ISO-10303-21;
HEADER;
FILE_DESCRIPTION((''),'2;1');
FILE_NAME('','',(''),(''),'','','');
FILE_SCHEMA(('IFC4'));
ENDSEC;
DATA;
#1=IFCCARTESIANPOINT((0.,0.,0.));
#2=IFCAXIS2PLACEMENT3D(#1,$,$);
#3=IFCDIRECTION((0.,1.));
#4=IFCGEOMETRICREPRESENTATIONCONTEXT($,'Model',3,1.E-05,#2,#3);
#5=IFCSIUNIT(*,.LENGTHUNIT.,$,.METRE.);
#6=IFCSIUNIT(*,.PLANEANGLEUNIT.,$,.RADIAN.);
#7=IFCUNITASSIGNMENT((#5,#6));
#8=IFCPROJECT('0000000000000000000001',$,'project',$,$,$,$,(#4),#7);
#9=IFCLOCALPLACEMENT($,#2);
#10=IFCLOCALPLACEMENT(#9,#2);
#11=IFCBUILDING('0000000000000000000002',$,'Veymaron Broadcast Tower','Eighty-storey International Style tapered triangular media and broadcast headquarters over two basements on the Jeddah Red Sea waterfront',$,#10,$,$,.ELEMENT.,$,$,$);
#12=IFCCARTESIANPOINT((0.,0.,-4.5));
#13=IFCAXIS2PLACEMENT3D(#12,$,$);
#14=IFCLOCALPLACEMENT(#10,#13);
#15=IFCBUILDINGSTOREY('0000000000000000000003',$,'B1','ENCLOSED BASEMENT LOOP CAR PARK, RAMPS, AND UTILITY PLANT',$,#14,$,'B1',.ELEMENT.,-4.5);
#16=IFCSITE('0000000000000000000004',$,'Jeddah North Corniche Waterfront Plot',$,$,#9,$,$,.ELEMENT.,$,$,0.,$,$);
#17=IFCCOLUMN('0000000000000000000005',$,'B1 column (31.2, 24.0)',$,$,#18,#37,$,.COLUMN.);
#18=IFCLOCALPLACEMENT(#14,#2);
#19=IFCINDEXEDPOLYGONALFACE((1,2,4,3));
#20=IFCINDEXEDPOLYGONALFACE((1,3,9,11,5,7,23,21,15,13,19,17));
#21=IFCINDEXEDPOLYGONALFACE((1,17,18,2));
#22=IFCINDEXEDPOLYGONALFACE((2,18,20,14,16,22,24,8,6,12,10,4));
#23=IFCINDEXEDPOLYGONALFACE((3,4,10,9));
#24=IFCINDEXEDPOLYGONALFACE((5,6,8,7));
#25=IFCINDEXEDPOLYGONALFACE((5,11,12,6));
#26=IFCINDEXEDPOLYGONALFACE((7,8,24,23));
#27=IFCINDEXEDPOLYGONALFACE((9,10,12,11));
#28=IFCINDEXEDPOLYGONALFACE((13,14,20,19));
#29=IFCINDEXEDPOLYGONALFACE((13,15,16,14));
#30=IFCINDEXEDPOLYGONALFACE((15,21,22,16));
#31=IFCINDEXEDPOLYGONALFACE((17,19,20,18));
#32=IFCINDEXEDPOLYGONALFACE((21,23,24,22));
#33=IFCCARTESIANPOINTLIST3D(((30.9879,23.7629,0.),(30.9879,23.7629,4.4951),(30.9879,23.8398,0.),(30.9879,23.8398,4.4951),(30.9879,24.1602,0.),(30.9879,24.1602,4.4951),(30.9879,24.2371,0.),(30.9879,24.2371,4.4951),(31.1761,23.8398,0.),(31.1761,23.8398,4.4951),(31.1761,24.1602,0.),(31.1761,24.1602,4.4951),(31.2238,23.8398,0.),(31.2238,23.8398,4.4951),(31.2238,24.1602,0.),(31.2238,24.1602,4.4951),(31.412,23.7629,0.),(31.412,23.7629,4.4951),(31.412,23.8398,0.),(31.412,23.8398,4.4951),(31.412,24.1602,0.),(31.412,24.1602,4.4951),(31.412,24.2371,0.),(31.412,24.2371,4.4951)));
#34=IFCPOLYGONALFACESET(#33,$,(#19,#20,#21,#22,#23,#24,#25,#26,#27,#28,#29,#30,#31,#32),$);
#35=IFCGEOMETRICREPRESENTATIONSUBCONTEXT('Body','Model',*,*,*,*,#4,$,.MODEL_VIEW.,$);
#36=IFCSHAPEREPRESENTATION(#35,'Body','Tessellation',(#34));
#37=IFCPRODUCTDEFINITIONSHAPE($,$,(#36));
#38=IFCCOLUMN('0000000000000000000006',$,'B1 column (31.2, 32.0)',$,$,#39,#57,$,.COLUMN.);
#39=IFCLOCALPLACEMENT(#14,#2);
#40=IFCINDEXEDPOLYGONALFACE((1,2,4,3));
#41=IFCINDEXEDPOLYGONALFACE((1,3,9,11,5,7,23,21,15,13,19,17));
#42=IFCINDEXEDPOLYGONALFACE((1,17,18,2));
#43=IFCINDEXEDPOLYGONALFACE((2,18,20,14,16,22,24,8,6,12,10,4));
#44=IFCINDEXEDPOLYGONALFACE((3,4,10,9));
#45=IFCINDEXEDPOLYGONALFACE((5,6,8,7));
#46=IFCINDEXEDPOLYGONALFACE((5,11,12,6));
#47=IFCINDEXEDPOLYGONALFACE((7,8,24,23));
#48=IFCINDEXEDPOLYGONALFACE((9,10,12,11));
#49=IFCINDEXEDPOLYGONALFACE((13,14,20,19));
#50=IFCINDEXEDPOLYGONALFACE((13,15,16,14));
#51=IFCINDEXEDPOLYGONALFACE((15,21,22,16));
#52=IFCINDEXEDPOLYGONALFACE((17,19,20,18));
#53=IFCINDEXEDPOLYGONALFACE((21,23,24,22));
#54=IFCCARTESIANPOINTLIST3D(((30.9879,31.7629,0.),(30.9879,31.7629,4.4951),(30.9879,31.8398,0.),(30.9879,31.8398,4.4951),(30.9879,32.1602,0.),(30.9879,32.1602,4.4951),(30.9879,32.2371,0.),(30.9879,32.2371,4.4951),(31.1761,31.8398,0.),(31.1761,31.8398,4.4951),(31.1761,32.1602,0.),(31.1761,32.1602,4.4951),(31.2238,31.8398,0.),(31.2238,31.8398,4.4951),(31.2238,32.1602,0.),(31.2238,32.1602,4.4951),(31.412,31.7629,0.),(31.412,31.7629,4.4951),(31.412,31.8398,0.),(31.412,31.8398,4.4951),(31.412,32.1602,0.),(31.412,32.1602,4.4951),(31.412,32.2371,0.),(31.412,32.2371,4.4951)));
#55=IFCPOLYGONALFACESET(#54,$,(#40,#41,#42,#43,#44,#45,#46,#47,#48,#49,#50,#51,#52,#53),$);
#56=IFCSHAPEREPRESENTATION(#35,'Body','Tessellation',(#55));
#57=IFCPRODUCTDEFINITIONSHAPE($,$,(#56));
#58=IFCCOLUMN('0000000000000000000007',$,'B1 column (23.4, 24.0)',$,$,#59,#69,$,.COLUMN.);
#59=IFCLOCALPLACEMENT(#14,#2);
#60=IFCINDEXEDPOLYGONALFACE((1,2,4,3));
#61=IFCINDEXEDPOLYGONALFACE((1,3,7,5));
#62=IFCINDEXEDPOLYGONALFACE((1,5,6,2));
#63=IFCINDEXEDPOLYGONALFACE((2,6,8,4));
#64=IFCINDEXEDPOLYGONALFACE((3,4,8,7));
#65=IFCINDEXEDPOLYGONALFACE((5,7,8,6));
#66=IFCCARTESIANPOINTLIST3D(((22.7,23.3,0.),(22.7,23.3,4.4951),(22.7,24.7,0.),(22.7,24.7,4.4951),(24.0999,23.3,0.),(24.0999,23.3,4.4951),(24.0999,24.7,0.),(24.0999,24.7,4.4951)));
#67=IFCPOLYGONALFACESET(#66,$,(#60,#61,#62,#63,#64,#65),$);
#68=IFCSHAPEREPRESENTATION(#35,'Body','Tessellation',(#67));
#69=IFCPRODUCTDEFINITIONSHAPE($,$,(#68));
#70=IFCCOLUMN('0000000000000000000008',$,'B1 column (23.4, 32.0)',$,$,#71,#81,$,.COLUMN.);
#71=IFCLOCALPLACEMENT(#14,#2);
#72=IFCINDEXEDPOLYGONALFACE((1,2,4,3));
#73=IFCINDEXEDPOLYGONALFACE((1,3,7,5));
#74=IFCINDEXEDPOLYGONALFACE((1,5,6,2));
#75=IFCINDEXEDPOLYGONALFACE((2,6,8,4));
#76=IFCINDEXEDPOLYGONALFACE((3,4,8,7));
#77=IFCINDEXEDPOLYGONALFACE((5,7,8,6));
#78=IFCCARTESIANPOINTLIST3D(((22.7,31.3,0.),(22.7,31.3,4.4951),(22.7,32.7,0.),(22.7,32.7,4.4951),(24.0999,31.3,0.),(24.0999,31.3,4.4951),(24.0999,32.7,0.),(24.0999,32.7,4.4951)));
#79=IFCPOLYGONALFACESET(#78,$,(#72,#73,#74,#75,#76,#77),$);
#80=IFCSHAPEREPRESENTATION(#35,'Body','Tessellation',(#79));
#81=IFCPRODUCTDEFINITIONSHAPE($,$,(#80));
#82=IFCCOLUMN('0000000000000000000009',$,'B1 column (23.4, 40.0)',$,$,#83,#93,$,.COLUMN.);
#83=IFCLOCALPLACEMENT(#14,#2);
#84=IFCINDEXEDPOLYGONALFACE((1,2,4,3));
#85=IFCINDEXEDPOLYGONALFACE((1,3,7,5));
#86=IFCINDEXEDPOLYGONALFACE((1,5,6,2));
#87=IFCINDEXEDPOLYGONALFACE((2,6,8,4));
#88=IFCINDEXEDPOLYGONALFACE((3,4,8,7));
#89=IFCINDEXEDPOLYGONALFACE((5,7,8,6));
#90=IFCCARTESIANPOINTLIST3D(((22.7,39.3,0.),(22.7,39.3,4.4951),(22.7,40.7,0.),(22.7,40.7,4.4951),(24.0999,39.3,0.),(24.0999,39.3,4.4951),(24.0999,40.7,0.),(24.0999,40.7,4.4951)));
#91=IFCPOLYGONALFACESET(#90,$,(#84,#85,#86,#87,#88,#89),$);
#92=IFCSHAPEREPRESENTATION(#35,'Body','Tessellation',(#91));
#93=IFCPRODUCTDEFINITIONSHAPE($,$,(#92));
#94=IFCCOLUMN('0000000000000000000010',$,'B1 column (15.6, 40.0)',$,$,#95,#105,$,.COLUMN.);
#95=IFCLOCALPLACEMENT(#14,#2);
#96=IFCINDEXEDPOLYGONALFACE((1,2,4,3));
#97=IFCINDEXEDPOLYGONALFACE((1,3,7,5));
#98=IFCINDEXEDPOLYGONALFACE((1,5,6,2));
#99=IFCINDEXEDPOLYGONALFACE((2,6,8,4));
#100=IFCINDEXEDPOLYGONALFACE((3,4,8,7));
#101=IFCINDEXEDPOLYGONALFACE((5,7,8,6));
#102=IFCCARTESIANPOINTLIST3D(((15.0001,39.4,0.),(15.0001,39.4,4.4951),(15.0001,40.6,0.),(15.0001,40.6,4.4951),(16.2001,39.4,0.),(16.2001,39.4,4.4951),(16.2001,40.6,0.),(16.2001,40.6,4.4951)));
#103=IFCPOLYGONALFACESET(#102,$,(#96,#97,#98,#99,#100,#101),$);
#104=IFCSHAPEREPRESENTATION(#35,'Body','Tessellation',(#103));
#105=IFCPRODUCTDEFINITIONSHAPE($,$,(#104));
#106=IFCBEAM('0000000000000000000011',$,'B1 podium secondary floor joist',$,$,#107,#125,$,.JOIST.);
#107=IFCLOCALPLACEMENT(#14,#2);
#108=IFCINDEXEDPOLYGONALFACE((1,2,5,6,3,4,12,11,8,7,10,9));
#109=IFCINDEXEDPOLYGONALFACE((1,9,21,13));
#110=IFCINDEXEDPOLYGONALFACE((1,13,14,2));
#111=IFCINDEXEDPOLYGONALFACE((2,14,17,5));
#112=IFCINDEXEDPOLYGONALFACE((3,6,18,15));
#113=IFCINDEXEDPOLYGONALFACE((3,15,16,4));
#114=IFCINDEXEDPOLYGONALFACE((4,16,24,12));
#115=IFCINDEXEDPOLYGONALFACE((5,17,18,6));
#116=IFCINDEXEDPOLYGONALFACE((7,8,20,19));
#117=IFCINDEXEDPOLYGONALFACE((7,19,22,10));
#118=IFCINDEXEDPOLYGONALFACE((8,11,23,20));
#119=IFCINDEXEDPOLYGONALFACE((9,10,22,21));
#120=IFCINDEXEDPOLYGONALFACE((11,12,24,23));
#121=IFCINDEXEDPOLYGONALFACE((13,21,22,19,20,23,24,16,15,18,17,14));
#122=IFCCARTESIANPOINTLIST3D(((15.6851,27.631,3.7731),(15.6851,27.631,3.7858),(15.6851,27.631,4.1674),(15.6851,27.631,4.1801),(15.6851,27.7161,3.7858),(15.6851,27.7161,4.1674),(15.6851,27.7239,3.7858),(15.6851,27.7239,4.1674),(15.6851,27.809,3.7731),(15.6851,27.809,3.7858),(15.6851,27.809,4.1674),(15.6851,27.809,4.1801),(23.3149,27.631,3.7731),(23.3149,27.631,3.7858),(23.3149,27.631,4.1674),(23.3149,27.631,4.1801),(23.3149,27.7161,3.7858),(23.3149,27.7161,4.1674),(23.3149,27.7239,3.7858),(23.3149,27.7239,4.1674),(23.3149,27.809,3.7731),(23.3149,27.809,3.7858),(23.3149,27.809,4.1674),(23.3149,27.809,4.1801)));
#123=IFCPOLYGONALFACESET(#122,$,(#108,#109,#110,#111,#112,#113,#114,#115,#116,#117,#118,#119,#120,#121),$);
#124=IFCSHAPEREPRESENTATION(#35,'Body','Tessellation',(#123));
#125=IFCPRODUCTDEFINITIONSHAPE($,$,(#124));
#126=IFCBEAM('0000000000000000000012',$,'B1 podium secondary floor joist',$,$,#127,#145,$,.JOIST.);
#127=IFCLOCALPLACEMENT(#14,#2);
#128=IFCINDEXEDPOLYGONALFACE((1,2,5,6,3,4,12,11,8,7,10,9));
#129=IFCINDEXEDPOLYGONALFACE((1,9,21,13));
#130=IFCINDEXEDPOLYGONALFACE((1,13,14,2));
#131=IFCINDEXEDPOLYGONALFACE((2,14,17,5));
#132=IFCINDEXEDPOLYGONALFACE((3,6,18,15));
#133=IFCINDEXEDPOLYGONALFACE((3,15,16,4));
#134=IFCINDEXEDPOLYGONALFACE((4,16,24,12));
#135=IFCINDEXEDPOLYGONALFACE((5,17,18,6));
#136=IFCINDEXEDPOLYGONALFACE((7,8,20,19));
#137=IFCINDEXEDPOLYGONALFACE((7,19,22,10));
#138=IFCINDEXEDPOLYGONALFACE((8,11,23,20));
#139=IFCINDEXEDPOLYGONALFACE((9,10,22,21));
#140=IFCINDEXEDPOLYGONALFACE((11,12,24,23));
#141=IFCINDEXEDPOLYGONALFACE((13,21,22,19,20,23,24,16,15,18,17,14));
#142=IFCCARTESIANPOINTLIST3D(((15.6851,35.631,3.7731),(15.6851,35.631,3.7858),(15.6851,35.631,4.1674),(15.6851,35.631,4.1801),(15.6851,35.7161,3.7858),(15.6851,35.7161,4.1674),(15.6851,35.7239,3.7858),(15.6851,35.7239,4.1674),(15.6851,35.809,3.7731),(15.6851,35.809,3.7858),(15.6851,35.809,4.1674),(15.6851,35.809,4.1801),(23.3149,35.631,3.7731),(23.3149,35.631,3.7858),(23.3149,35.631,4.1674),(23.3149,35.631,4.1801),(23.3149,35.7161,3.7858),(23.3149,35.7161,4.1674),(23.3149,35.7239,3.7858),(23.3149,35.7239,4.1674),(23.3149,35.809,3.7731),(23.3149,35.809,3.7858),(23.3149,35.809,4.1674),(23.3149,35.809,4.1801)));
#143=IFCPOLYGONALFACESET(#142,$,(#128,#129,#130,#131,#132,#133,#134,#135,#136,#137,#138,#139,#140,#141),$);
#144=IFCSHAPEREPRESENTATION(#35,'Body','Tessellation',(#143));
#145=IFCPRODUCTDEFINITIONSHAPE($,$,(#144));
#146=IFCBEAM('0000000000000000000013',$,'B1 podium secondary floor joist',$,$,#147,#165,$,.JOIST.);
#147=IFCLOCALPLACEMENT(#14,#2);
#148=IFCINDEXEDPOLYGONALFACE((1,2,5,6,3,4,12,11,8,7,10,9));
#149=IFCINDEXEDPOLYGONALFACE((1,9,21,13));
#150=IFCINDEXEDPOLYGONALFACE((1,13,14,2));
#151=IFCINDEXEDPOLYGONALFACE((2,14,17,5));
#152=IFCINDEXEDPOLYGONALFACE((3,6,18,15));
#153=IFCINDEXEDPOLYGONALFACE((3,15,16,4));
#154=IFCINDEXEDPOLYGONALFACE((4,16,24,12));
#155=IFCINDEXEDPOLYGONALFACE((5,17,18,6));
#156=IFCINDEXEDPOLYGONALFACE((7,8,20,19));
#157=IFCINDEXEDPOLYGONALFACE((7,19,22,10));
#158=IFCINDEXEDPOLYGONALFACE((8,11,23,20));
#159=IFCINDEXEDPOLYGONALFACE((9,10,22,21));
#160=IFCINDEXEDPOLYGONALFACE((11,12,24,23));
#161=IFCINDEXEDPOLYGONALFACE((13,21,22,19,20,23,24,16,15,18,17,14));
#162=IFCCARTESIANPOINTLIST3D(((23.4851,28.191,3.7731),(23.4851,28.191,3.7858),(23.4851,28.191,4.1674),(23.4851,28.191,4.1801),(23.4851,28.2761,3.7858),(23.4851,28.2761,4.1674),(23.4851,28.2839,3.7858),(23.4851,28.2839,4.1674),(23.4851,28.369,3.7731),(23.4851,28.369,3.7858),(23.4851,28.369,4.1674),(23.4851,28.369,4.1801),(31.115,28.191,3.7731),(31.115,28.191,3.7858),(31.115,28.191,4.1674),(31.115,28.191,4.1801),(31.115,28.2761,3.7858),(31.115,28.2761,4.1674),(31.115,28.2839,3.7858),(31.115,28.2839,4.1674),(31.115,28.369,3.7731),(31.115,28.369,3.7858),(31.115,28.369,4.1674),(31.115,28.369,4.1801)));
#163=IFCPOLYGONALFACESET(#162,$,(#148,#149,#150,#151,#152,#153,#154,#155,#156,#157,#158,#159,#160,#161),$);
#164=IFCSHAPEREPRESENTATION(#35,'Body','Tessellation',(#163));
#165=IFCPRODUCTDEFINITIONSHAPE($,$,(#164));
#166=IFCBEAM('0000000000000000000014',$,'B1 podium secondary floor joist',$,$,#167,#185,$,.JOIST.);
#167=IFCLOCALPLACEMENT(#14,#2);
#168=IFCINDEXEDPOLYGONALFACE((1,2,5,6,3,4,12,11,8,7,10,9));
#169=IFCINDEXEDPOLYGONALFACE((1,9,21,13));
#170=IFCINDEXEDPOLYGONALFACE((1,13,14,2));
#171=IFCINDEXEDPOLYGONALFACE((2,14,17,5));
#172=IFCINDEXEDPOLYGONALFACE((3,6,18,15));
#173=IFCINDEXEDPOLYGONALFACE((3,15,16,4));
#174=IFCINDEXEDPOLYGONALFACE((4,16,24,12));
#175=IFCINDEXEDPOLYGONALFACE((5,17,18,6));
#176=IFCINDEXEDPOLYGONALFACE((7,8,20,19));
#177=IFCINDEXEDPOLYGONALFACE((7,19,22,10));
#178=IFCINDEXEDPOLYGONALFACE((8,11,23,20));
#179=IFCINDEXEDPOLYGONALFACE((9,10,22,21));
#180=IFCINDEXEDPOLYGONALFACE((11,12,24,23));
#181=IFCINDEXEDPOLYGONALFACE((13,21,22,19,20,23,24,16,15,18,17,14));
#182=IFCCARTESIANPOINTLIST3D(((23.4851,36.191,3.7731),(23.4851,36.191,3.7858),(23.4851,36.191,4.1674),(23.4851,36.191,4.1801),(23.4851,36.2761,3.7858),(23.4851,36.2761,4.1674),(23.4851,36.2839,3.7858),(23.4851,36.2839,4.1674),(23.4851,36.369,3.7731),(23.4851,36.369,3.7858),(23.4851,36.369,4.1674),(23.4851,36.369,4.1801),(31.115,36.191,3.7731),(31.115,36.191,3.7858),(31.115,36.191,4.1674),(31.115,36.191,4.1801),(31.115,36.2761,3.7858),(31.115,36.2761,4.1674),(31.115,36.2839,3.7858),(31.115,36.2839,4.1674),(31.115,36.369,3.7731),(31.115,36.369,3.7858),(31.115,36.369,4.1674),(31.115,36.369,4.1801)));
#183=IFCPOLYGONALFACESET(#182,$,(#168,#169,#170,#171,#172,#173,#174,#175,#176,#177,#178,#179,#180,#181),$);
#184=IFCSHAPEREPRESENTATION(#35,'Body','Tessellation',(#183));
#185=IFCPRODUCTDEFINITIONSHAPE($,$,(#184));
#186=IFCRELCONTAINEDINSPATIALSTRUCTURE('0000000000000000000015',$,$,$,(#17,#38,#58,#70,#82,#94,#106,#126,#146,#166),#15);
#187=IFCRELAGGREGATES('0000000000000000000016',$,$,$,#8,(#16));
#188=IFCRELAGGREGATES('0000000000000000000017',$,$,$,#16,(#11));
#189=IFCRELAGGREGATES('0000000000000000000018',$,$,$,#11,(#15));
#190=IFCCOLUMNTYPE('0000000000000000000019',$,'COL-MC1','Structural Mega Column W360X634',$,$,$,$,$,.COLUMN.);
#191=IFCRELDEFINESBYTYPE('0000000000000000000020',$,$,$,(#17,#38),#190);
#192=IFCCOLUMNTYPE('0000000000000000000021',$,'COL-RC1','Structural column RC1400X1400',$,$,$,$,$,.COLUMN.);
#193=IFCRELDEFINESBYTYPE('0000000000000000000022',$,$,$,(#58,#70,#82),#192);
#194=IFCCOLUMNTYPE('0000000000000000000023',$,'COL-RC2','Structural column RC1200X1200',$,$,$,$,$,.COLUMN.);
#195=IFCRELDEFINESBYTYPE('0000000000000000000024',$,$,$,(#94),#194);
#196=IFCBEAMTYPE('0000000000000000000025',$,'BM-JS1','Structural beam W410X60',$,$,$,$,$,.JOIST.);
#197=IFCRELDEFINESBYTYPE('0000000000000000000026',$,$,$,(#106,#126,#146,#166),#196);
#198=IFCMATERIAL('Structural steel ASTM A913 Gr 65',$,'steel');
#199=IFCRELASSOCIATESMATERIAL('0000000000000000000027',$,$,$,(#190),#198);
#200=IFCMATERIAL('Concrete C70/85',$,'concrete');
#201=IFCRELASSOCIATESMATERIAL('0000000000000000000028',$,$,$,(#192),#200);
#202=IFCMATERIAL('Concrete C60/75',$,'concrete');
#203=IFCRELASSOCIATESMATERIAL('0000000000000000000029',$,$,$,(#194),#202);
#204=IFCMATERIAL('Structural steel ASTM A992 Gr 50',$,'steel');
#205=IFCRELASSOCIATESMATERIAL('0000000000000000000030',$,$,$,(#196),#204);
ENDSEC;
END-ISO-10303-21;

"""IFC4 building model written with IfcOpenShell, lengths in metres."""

from ifc_helpers import new_model, si_unit, direction, frame, origin, origin_2d, place, context, subcontext, project, spatial, rectangle, i_section, extrude, material, material_profile, profile_set, type_object, element, save


model = new_model("IFC4")

# Units and contexts
model_context = context("Model", 3, precision=1e-05, world=origin(), true_north=direction((0.0, 1.0)))
body_context = subcontext(model_context, "Body", "Model", "MODEL_VIEW")
ifc_project = project(units=[si_unit("LENGTHUNIT", "METRE"), si_unit("PLANEANGLEUNIT", "RADIAN")], contexts=[model_context])

# Site, building, storey
site_placement = place(None, origin())
site = spatial("IfcSite", under=ifc_project, at=site_placement, Name="Jeddah North Corniche Waterfront Plot", CompositionType="ELEMENT", RefElevation=0.0)
building_placement = place(site_placement, origin())
building = spatial("IfcBuilding", under=site, at=building_placement, Name="Veymaron Broadcast Tower", Description="Eighty-storey International Style tapered triangular media and broadcast headquarters over two basements on the Jeddah Red Sea waterfront", CompositionType="ELEMENT")
storey_placement = place(building_placement, frame((0.0, 0.0, -4.5)))
storey = spatial("IfcBuildingStorey", under=building, at=storey_placement, Name="B1", Description="ENCLOSED BASEMENT LOOP CAR PARK, RAMPS, AND UTILITY PLANT", LongName="B1", CompositionType="ELEMENT", Elevation=-4.5)

# Columns
ifc_material_1 = material(Name="Structural steel ASTM A913 Gr 65", Category="steel")
ifc_material_profile_1 = material_profile(ifc_material_1, i_section(OverallWidth=0.4241, OverallDepth=0.4741, WebThickness=0.0476, FlangeThickness=0.0769, at=origin_2d()), Name="W360X634")
ifc_profile_set_1 = profile_set([ifc_material_profile_1], Name="Structural steel ASTM A913 Gr 65")
column_type_1 = type_object("IfcColumnType", Name="COL-MC1", Description="Structural Mega Column W360X634", PredefinedType="COLUMN", material=ifc_profile_set_1)
for number, where, z_axis, x_axis, name in (
    (1, (31.2, 24.0, 0.0), (0.0, 0.0, 1.0), (1.0, 0.0, 0.0), "B1 column (31.2, 24.0)"),
    (2, (31.2, 32.0, 0.0), (0.0, 0.0, 1.0), (1.0, 0.0, 0.0), "B1 column (31.2, 32.0)"),
):
    element("IfcColumn", number, at=place(storey_placement, frame(where, z_axis=z_axis, x_axis=x_axis)), inside=storey, type_object=column_type_1, Name=name, PredefinedType="COLUMN", context=body_context, shape_type="SweptSolid", body=[
        extrude(i_section(OverallWidth=0.4241, OverallDepth=0.4741, WebThickness=0.0476, FlangeThickness=0.0769, at=origin_2d()), origin(), (0.0, 0.0, 1.0), 4.4951),
    ])
ifc_material_2 = material(Name="Concrete C70/85", Category="concrete")
ifc_material_profile_2 = material_profile(ifc_material_2, rectangle(XDim=1.3999, YDim=1.3999, at=origin_2d()), Name="RC1400X1400")
ifc_profile_set_2 = profile_set([ifc_material_profile_2], Name="Concrete C70/85")
column_type_2 = type_object("IfcColumnType", Name="COL-RC1", Description="Structural column RC1400X1400", PredefinedType="COLUMN", material=ifc_profile_set_2)
for number, where, z_axis, x_axis, name in (
    (3, (23.3999, 24.0, 0.0), (0.0, 0.0, 1.0), (1.0, 0.0, 0.0), "B1 column (23.4, 24.0)"),
    (4, (23.3999, 32.0, 0.0), (0.0, 0.0, 1.0), (1.0, 0.0, 0.0), "B1 column (23.4, 32.0)"),
    (5, (23.3999, 40.0, 0.0), (0.0, 0.0, 1.0), (1.0, 0.0, 0.0), "B1 column (23.4, 40.0)"),
):
    element("IfcColumn", number, at=place(storey_placement, frame(where, z_axis=z_axis, x_axis=x_axis)), inside=storey, type_object=column_type_2, Name=name, PredefinedType="COLUMN", context=body_context, shape_type="SweptSolid", body=[
        extrude(rectangle(XDim=1.3999, YDim=1.3999, at=origin_2d()), origin(), (0.0, 0.0, 1.0), 4.4951),
    ])
ifc_material_3 = material(Name="Concrete C60/75", Category="concrete")
ifc_material_profile_3 = material_profile(ifc_material_3, rectangle(XDim=1.2, YDim=1.2, at=origin_2d()), Name="RC1200X1200")
ifc_profile_set_3 = profile_set([ifc_material_profile_3], Name="Concrete C60/75")
column_type_3 = type_object("IfcColumnType", Name="COL-RC2", Description="Structural column RC1200X1200", PredefinedType="COLUMN", material=ifc_profile_set_3)
column_placement = place(storey_placement, frame((15.6001, 40.0, 0.0), z_axis=(0.0, 0.0, 1.0), x_axis=(1.0, 0.0, 0.0)))
element("IfcColumn", 6, at=column_placement, inside=storey, type_object=column_type_3, Name="B1 column (15.6, 40.0)", PredefinedType="COLUMN", context=body_context, shape_type="SweptSolid", body=[
    extrude(rectangle(XDim=1.2, YDim=1.2, at=origin_2d()), origin(), (0.0, 0.0, 1.0), 4.4951),
])

# Beams
ifc_material_4 = material(Name="Structural steel ASTM A992 Gr 50", Category="steel")
ifc_material_profile_4 = material_profile(ifc_material_4, i_section(OverallWidth=0.178, OverallDepth=0.407, WebThickness=0.0078, FlangeThickness=0.0127, at=origin_2d()), Name="W410X60")
ifc_profile_set_4 = profile_set([ifc_material_profile_4], Name="Structural steel ASTM A992 Gr 50")
beam_type_1 = type_object("IfcBeamType", Name="BM-JS1", Description="Structural beam W410X60", PredefinedType="JOIST", material=ifc_profile_set_4)
for number, where, z_axis, x_axis, name in (
    (7, (15.6851, 27.72, 3.9766), (1.0, 0.0, 0.0), (0.0, 1.0, 0.0), "B1 podium secondary floor joist"),
    (8, (15.6851, 35.72, 3.9766), (1.0, 0.0, 0.0), (0.0, 1.0, 0.0), "B1 podium secondary floor joist"),
    (9, (23.4851, 28.28, 3.9766), (1.0, 0.0, 0.0), (0.0, 1.0, 0.0), "B1 podium secondary floor joist"),
    (10, (23.4851, 36.28, 3.9766), (1.0, 0.0, 0.0), (0.0, 1.0, 0.0), "B1 podium secondary floor joist"),
):
    element("IfcBeam", number, at=place(storey_placement, frame(where, z_axis=z_axis, x_axis=x_axis)), inside=storey, type_object=beam_type_1, Name=name, PredefinedType="JOIST", context=body_context, shape_type="SweptSolid", body=[
        extrude(i_section(OverallWidth=0.178, OverallDepth=0.407, WebThickness=0.0078, FlangeThickness=0.0127, at=origin_2d()), origin(), (0.0, 0.0, 1.0), 7.6299),
    ])

save(model, "model.ifc")
